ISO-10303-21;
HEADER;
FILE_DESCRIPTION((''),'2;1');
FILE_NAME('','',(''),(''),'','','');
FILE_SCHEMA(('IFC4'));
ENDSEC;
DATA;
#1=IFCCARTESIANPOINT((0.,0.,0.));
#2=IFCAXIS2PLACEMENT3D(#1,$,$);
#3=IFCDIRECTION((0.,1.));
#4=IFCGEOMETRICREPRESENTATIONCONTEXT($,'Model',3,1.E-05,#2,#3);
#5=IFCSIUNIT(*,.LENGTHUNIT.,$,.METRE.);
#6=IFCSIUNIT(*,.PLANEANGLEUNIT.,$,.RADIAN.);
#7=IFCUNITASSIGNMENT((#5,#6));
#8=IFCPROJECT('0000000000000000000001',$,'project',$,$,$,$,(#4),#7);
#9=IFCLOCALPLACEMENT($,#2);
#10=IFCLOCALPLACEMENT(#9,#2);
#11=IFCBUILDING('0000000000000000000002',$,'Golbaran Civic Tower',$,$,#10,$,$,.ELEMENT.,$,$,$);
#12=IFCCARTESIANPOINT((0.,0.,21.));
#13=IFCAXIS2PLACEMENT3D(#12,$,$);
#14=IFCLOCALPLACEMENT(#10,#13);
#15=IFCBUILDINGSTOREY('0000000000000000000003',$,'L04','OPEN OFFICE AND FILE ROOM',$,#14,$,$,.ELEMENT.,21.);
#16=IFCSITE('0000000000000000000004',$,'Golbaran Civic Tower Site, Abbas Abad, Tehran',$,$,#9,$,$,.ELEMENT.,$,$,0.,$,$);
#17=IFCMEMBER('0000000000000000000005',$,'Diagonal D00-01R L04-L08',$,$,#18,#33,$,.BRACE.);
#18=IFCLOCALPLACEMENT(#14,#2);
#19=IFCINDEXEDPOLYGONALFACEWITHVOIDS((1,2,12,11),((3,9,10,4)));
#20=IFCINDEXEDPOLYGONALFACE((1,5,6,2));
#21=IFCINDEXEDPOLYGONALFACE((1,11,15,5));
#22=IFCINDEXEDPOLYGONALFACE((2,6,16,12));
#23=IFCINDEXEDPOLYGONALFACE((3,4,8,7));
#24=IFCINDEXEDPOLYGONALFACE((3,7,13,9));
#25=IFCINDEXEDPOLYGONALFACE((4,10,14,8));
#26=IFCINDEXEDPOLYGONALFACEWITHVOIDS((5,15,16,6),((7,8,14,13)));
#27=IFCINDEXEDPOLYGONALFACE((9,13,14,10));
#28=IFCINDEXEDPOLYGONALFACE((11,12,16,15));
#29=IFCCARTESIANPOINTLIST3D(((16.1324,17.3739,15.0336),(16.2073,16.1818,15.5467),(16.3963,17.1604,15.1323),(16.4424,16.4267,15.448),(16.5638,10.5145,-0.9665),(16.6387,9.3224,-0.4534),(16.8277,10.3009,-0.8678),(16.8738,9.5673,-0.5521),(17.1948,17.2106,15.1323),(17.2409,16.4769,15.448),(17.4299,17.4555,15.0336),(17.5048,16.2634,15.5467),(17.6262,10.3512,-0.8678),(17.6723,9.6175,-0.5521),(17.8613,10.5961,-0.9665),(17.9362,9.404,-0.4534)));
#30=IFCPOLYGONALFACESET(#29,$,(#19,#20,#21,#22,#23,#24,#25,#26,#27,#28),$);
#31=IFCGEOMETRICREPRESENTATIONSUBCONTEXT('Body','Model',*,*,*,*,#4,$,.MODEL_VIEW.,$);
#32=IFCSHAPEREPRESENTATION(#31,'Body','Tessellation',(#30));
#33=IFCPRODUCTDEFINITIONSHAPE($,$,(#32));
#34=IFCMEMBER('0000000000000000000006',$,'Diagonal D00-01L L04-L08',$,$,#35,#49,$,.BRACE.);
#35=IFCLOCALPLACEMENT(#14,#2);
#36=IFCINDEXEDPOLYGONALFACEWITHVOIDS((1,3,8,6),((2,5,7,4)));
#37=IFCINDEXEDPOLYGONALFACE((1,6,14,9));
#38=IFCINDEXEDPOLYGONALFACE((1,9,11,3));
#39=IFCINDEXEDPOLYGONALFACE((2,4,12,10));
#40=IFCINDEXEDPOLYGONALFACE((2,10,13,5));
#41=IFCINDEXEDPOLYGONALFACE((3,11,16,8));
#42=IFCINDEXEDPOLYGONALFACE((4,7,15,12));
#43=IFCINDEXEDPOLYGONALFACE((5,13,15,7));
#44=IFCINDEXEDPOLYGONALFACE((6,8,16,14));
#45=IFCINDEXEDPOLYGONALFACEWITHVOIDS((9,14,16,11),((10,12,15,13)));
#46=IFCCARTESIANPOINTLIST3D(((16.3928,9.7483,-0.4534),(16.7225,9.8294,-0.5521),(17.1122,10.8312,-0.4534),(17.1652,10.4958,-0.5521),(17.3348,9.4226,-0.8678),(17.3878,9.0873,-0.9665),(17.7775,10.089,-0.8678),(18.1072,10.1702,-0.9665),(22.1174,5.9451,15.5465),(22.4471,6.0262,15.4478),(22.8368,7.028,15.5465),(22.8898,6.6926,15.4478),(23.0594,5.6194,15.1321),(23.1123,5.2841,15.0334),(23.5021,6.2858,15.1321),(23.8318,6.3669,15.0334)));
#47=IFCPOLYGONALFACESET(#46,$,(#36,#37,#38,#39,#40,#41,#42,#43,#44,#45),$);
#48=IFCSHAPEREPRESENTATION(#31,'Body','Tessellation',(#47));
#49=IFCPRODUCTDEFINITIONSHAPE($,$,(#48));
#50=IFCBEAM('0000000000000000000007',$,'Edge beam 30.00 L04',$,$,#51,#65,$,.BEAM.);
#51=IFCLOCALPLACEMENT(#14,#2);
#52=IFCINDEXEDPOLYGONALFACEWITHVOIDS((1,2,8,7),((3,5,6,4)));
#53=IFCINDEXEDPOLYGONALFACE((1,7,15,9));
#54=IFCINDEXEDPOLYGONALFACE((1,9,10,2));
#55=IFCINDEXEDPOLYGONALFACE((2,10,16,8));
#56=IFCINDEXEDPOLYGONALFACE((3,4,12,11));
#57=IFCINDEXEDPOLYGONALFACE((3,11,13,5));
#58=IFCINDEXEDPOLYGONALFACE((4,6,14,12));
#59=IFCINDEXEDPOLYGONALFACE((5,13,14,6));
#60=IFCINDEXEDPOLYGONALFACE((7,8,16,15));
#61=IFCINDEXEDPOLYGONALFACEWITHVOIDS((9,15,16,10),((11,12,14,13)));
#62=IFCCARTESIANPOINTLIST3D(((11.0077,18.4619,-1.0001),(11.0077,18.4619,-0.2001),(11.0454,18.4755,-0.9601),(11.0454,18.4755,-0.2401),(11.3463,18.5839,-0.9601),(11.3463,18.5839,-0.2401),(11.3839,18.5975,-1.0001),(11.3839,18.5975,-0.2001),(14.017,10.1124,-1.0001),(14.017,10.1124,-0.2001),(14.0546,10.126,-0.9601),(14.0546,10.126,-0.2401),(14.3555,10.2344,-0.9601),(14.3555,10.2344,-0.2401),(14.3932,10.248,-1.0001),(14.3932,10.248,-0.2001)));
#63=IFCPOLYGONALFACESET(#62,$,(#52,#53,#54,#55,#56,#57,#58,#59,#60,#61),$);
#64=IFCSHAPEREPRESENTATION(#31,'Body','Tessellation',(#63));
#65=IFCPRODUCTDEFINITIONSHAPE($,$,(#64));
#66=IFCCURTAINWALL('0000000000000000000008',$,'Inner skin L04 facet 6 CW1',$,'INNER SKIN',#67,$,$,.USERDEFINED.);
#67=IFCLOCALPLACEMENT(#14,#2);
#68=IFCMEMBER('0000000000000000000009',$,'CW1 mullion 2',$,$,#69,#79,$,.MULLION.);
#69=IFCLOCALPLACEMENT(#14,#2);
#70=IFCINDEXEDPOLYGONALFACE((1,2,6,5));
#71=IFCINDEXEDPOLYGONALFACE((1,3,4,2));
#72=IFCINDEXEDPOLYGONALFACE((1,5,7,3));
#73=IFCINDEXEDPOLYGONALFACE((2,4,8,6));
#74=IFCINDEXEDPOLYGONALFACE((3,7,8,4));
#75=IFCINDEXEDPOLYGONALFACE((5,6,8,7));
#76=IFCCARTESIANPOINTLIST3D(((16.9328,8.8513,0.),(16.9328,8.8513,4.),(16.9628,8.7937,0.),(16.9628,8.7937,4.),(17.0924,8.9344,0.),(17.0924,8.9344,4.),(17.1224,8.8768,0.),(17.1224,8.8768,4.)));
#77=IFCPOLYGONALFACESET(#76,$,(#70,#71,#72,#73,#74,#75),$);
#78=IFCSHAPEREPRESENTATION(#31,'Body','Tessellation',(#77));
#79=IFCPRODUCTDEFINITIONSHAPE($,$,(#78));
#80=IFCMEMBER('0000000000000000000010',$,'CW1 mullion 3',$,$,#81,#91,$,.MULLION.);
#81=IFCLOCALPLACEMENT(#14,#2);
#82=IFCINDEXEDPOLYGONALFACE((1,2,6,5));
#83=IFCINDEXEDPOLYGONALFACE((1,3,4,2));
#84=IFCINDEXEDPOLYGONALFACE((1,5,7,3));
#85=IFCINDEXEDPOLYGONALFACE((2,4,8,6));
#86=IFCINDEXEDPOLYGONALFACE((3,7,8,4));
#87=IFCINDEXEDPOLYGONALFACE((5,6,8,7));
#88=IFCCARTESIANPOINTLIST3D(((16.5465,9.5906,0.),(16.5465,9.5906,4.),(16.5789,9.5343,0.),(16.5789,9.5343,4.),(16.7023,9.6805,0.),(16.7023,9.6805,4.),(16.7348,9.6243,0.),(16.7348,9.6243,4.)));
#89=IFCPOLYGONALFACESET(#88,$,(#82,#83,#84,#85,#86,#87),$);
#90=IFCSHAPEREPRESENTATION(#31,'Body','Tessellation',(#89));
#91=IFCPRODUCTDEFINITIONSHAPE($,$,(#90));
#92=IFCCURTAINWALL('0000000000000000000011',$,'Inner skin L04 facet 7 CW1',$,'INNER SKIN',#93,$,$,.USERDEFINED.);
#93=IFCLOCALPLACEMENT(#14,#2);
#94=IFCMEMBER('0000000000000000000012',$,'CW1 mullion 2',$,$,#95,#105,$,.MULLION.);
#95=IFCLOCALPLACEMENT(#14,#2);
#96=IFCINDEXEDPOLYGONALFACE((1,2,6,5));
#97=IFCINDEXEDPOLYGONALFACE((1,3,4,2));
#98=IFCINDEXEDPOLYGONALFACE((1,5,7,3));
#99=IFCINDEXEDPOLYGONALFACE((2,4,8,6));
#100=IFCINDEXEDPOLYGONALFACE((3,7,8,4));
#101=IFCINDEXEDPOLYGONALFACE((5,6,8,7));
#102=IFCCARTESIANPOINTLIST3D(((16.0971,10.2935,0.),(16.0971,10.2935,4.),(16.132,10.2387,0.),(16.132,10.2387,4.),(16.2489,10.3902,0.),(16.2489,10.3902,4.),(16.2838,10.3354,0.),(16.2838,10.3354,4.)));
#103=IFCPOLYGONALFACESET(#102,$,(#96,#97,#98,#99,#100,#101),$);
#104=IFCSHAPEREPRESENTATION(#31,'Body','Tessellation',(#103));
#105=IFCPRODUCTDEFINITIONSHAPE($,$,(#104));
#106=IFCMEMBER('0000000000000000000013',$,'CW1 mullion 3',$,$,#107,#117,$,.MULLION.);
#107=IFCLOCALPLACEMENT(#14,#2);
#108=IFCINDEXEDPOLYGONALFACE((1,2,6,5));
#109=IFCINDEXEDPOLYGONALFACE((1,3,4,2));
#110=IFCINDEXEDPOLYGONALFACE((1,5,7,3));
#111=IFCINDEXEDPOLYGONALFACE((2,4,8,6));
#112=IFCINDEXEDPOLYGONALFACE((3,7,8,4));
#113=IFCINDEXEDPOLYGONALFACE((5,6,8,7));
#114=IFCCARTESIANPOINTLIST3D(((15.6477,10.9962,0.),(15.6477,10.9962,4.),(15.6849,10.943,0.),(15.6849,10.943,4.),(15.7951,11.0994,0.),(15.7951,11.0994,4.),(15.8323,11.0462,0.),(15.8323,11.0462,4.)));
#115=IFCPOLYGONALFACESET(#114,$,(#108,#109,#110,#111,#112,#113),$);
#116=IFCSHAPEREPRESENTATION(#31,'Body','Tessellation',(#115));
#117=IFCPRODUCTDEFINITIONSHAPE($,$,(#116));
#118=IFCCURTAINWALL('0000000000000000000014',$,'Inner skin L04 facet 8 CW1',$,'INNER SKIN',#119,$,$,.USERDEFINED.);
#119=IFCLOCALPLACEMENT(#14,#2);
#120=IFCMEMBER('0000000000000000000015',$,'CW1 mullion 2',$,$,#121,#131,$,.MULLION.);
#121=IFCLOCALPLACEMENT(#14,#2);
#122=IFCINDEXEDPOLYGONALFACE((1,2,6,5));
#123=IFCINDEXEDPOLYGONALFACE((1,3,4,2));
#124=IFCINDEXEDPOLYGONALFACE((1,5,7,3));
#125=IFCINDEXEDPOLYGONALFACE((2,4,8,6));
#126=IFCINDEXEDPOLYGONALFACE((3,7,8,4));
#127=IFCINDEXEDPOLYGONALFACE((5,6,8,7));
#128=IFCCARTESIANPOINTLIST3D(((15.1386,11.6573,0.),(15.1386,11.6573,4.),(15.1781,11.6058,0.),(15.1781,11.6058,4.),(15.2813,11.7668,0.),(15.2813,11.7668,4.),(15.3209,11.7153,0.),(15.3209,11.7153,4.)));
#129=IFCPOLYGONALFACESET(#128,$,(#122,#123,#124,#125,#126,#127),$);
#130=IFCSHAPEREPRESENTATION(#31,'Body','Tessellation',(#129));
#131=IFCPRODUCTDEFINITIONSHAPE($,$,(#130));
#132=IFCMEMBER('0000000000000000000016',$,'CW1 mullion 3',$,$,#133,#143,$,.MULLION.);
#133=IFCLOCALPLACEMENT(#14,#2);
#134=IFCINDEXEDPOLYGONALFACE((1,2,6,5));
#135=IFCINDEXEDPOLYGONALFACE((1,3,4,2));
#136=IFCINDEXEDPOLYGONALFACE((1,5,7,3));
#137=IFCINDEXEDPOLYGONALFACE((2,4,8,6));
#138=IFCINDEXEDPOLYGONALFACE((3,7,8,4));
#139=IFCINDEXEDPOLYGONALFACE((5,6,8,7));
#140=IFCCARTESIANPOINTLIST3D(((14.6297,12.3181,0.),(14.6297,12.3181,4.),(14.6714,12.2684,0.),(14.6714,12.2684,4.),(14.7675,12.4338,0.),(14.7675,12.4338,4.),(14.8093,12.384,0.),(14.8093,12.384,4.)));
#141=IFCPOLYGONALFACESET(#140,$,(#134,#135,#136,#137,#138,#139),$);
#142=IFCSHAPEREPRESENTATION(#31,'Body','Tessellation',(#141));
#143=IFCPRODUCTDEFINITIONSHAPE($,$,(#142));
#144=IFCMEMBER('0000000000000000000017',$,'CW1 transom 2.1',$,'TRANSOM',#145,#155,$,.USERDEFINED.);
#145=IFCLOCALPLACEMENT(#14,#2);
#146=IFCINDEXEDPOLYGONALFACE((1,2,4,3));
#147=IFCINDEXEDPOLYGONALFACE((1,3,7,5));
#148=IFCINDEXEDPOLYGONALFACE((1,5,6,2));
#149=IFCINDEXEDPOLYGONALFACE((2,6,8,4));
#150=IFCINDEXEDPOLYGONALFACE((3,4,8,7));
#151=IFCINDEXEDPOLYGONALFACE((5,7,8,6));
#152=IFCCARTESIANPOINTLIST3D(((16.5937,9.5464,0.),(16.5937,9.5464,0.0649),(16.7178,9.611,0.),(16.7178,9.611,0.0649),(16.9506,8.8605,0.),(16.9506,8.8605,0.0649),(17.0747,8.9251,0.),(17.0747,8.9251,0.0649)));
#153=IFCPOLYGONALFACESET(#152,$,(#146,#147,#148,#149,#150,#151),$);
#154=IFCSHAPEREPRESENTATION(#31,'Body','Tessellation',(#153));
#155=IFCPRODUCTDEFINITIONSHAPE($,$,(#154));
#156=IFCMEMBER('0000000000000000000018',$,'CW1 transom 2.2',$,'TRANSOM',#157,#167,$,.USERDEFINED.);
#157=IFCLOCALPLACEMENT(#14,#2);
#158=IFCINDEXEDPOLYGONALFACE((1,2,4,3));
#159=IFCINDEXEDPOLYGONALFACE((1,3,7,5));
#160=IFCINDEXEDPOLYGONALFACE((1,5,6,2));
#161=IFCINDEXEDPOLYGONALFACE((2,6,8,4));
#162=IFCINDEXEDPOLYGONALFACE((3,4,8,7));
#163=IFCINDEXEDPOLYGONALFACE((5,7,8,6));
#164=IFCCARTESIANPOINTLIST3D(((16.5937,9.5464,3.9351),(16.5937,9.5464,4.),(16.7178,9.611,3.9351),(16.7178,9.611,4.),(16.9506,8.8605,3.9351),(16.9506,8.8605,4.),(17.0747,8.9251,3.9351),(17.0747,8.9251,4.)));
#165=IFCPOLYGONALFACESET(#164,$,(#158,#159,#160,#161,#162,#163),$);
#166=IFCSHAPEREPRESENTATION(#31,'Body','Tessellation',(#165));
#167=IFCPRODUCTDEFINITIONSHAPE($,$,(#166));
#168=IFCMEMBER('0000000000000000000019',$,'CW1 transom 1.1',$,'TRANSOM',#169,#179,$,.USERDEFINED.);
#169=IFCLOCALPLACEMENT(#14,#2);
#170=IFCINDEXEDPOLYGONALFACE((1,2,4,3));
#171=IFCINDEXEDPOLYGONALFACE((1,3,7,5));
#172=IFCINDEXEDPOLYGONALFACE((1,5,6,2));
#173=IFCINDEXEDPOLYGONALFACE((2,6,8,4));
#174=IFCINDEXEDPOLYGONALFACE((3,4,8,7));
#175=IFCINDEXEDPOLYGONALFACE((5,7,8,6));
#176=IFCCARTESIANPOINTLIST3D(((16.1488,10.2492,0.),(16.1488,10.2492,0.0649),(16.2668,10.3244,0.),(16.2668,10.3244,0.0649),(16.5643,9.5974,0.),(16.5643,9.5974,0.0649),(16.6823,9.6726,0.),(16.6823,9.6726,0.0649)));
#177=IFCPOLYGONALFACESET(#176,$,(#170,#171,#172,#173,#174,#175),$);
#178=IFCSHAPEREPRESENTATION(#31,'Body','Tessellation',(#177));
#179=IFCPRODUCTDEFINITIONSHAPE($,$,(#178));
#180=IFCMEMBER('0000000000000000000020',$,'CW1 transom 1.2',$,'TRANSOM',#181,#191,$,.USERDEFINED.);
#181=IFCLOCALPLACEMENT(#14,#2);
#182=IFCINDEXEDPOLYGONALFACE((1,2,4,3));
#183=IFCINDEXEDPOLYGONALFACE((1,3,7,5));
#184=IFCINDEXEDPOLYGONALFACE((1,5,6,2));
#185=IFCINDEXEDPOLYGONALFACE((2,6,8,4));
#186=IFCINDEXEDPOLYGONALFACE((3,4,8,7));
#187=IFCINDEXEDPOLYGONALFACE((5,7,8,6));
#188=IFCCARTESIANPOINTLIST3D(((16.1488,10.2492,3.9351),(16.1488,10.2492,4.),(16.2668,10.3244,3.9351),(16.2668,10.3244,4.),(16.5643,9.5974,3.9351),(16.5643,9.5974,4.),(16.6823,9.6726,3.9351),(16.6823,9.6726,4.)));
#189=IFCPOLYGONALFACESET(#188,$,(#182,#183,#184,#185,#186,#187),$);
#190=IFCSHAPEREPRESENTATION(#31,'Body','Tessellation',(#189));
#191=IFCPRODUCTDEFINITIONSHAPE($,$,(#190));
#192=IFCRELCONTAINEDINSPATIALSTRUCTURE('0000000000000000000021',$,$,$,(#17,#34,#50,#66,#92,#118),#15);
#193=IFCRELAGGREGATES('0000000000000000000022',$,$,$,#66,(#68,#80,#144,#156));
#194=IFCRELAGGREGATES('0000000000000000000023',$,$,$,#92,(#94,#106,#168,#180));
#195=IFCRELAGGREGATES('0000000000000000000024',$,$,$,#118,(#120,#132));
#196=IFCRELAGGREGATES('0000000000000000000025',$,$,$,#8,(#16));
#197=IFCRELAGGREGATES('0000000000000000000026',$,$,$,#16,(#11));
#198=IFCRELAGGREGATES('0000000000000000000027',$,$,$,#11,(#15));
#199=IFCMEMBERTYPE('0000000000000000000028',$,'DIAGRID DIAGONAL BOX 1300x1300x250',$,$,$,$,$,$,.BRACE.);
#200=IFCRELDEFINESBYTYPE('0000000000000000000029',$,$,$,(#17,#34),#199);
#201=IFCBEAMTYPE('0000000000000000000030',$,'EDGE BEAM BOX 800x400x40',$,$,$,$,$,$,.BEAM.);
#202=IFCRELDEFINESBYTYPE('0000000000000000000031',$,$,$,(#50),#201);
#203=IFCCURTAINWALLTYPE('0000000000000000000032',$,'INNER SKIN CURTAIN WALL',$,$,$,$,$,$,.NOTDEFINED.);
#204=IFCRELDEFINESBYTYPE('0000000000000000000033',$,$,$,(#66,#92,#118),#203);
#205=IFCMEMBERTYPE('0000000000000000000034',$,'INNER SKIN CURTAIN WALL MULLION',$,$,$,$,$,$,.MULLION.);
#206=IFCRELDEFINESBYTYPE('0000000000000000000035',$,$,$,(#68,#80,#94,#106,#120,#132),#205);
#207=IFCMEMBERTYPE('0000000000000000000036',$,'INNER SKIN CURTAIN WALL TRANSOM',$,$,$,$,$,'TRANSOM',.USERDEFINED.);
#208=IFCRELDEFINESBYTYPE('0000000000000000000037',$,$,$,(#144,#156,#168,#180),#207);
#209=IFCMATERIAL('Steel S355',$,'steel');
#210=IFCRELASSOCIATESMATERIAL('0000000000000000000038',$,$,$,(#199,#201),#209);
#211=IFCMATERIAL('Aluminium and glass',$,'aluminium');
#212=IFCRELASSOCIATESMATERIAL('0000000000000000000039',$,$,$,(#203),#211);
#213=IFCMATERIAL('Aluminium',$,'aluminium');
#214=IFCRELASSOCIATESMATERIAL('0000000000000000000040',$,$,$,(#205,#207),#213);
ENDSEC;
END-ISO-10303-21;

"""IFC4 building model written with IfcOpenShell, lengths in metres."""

from ifc_helpers import new_model, si_unit, direction, frame, origin, origin_2d, place, context, subcontext, project, spatial, rectangle, hollow_rectangle, extrude, material, material_profile, profile_set, type_object, element, aggregate, save


model = new_model("IFC4")

# Units and contexts
model_context = context("Model", 3, precision=1e-05, world=origin(), true_north=direction((0.0, 1.0)))
body_context = subcontext(model_context, "Body", "Model", "MODEL_VIEW")
ifc_project = project(units=[si_unit("LENGTHUNIT", "METRE"), si_unit("PLANEANGLEUNIT", "RADIAN")], contexts=[model_context])

# Site, building, storey
site_placement = place(None, origin())
site = spatial("IfcSite", under=ifc_project, at=site_placement, Name="Golbaran Civic Tower Site, Abbas Abad, Tehran", CompositionType="ELEMENT", RefElevation=0.0)
building_placement = place(site_placement, origin())
building = spatial("IfcBuilding", under=site, at=building_placement, Name="Golbaran Civic Tower", CompositionType="ELEMENT")
storey_placement = place(building_placement, frame((0.0, 0.0, 21.0)))
storey = spatial("IfcBuildingStorey", under=building, at=storey_placement, Name="L04", Description="OPEN OFFICE AND FILE ROOM", CompositionType="ELEMENT", Elevation=21.0)

# Members
ifc_material_1 = material(Name="Steel S355", Category="steel")
ifc_material_profile_1 = material_profile(ifc_material_1, hollow_rectangle(XDim=1.3, YDim=1.3, WallThickness=0.25, at=origin_2d()), Name="BOX 1300x1300x250")
ifc_profile_set_1 = profile_set([ifc_material_profile_1], Name="Steel S355")
member_type_1 = type_object("IfcMemberType", Name="DIAGRID DIAGONAL BOX 1300x1300x250", PredefinedType="BRACE", material=ifc_profile_set_1)
member_1_placement = place(storey_placement, frame((17.25, 9.9592, -0.71), z_axis=(-0.024773, 0.393907, 0.918817), x_axis=(-0.998028, -0.062768, 0.0)))
element("IfcMember", 1, at=member_1_placement, inside=storey, type_object=member_type_1, Name="Diagonal D00-01R L04-L08", PredefinedType="BRACE", context=body_context, shape_type="SweptSolid", body=[
    extrude(hollow_rectangle(XDim=1.3, YDim=1.3, WallThickness=0.25, at=origin_2d()), origin(), (0.0, 0.0, 1.0), 17.4138),
])
member_2_placement = place(storey_placement, frame((17.25, 9.9592, -0.71), z_axis=(0.328742, -0.218405, 0.918819), x_axis=(0.553371, 0.832935, 0.0)))
element("IfcMember", 2, at=member_2_placement, inside=storey, type_object=member_type_1, Name="Diagonal D00-01L L04-L08", PredefinedType="BRACE", context=body_context, shape_type="SweptSolid", body=[
    extrude(hollow_rectangle(XDim=1.3, YDim=1.3, WallThickness=0.25, at=origin_2d()), origin(), (0.0, 0.0, 1.0), 17.4136),
])

# Beam
ifc_material_profile_2 = material_profile(ifc_material_1, hollow_rectangle(XDim=0.3999, YDim=0.8, WallThickness=0.04, at=origin_2d()), Name="BOX 800x400x40")
ifc_profile_set_2 = profile_set([ifc_material_profile_2], Name="Steel S355")
beam_type = type_object("IfcBeamType", Name="EDGE BEAM BOX 800x400x40", PredefinedType="BEAM", material=ifc_profile_set_2)
beam_placement = place(storey_placement, frame((14.2051, 10.1802, -0.6001), z_axis=(-0.33906, 0.940765, 0.0), x_axis=(-0.940765, -0.33906, 0.0)))
element("IfcBeam", 3, at=beam_placement, inside=storey, type_object=beam_type, Name="Edge beam 30.00 L04", PredefinedType="BEAM", context=body_context, shape_type="SweptSolid", body=[
    extrude(hollow_rectangle(XDim=0.3999, YDim=0.8, WallThickness=0.04, at=origin_2d()), origin(), (0.0, 0.0, 1.0), 8.8752),
])

# Curtain walls, members
ifc_material_2 = material(Name="Aluminium and glass", Category="aluminium")
curtain_wall_type_1 = type_object("IfcCurtainWallType", Name="INNER SKIN CURTAIN WALL", PredefinedType="NOTDEFINED", material=ifc_material_2)
curtain_wall_1_placement = place(storey_placement, origin())
curtain_wall_1 = element("IfcCurtainWall", 4, at=curtain_wall_1_placement, inside=storey, type_object=curtain_wall_type_1, Name="Inner skin L04 facet 6 CW1", ObjectType="INNER SKIN", PredefinedType="USERDEFINED")
ifc_material_3 = material(Name="Aluminium", Category="aluminium")
ifc_material_profile_3 = material_profile(ifc_material_3, rectangle(XDim=0.1799, YDim=0.0649, at=origin_2d()), Name="INNER SKIN CURTAIN WALL MULLION")
ifc_profile_set_3 = profile_set([ifc_material_profile_3], Name="Aluminium")
member_type_2 = type_object("IfcMemberType", Name="INNER SKIN CURTAIN WALL MULLION", PredefinedType="MULLION", material=ifc_profile_set_3)
member_3_placement = place(storey_placement, frame((17.0276, 8.864, 0.0), z_axis=(0.0, 0.0, 1.0), x_axis=(-0.887011, -0.461749, 0.0)))
member_3 = element("IfcMember", 5, at=member_3_placement, type_object=member_type_2, Name="CW1 mullion 2", PredefinedType="MULLION", context=body_context, shape_type="SweptSolid", body=[
    extrude(rectangle(XDim=0.1799, YDim=0.0649, at=origin_2d()), origin(), (0.0, 0.0, 1.0), 4.0),
])
member_4_placement = place(storey_placement, frame((16.6406, 9.6074, 0.0), z_axis=(0.0, 0.0, 1.0), x_axis=(-0.866025, -0.5, 0.0)))
member_4 = element("IfcMember", 6, at=member_4_placement, type_object=member_type_2, Name="CW1 mullion 3", PredefinedType="MULLION", context=body_context, shape_type="SweptSolid", body=[
    extrude(rectangle(XDim=0.1799, YDim=0.0649, at=origin_2d()), origin(), (0.0, 0.0, 1.0), 4.0),
])
curtain_wall_2_placement = place(storey_placement, origin())
curtain_wall_2 = element("IfcCurtainWall", 7, at=curtain_wall_2_placement, inside=storey, type_object=curtain_wall_type_1, Name="Inner skin L04 facet 7 CW1", ObjectType="INNER SKIN", PredefinedType="USERDEFINED")
member_5_placement = place(storey_placement, frame((16.1904, 10.3145, 0.0), z_axis=(0.0, 0.0, 1.0), x_axis=(-0.843391, -0.5373, 0.0)))
member_5 = element("IfcMember", 8, at=member_5_placement, type_object=member_type_2, Name="CW1 mullion 2", PredefinedType="MULLION", context=body_context, shape_type="SweptSolid", body=[
    extrude(rectangle(XDim=0.1799, YDim=0.0649, at=origin_2d()), origin(), (0.0, 0.0, 1.0), 4.0),
])
member_6_placement = place(storey_placement, frame((15.74, 11.0212, 0.0), z_axis=(0.0, 0.0, 1.0), x_axis=(-0.819152, -0.573576, 0.0)))
member_6 = element("IfcMember", 9, at=member_6_placement, type_object=member_type_2, Name="CW1 mullion 3", PredefinedType="MULLION", context=body_context, shape_type="SweptSolid", body=[
    extrude(rectangle(XDim=0.1799, YDim=0.0649, at=origin_2d()), origin(), (0.0, 0.0, 1.0), 4.0),
])
curtain_wall_3_placement = place(storey_placement, origin())
curtain_wall_3 = element("IfcCurtainWall", 10, at=curtain_wall_3_placement, inside=storey, type_object=curtain_wall_type_1, Name="Inner skin L04 facet 8 CW1", ObjectType="INNER SKIN", PredefinedType="USERDEFINED")
member_7_placement = place(storey_placement, frame((15.2297, 11.6863, 0.0), z_axis=(0.0, 0.0, 1.0), x_axis=(-0.793353, -0.608761, 0.0)))
member_7 = element("IfcMember", 11, at=member_7_placement, type_object=member_type_2, Name="CW1 mullion 2", PredefinedType="MULLION", context=body_context, shape_type="SweptSolid", body=[
    extrude(rectangle(XDim=0.1799, YDim=0.0649, at=origin_2d()), origin(), (0.0, 0.0, 1.0), 4.0),
])
member_8_placement = place(storey_placement, frame((14.7195, 12.3511, 0.0), z_axis=(0.0, 0.0, 1.0), x_axis=(-0.766044, -0.642788, 0.0)))
member_8 = element("IfcMember", 12, at=member_8_placement, type_object=member_type_2, Name="CW1 mullion 3", PredefinedType="MULLION", context=body_context, shape_type="SweptSolid", body=[
    extrude(rectangle(XDim=0.1799, YDim=0.0649, at=origin_2d()), origin(), (0.0, 0.0, 1.0), 4.0),
])

# Members
ifc_material_profile_4 = material_profile(ifc_material_3, rectangle(XDim=0.1399, YDim=0.0649, at=origin_2d()), Name="INNER SKIN CURTAIN WALL TRANSOM")
ifc_profile_set_4 = profile_set([ifc_material_profile_4], Name="Aluminium")
member_type_3 = type_object("IfcMemberType", Name="INNER SKIN CURTAIN WALL TRANSOM", ElementType="TRANSOM", PredefinedType="USERDEFINED", material=ifc_profile_set_4)
member_9_placement = place(storey_placement, frame((17.0127, 8.8928, 0.0325), z_axis=(-0.461681, 0.887046, 0.0), x_axis=(-0.887046, -0.461681, 0.0)))
member_9 = element("IfcMember", 13, at=member_9_placement, type_object=member_type_3, Name="CW1 transom 2.1", ObjectType="TRANSOM", PredefinedType="USERDEFINED", context=body_context, shape_type="SweptSolid", body=[
    extrude(rectangle(XDim=0.1399, YDim=0.0649, at=origin_2d()), origin(), (0.0, 0.0, 1.0), 0.7732),
])
member_10_placement = place(storey_placement, frame((17.0127, 8.8928, 3.9675), z_axis=(-0.461681, 0.887046, 0.0), x_axis=(-0.887046, -0.461681, 0.0)))
member_10 = element("IfcMember", 14, at=member_10_placement, type_object=member_type_3, Name="CW1 transom 2.2", ObjectType="TRANSOM", PredefinedType="USERDEFINED", context=body_context, shape_type="SweptSolid", body=[
    extrude(rectangle(XDim=0.1399, YDim=0.0649, at=origin_2d()), origin(), (0.0, 0.0, 1.0), 0.7732),
])
member_11_placement = place(storey_placement, frame((16.6233, 9.635, 0.0325), z_axis=(-0.537529, 0.843245, 0.0), x_axis=(-0.843245, -0.537529, 0.0)))
member_11 = element("IfcMember", 15, at=member_11_placement, type_object=member_type_3, Name="CW1 transom 1.1", ObjectType="TRANSOM", PredefinedType="USERDEFINED", context=body_context, shape_type="SweptSolid", body=[
    extrude(rectangle(XDim=0.1399, YDim=0.0649, at=origin_2d()), origin(), (0.0, 0.0, 1.0), 0.7729),
])
member_12_placement = place(storey_placement, frame((16.6233, 9.635, 3.9675), z_axis=(-0.537529, 0.843245, 0.0), x_axis=(-0.843245, -0.537529, 0.0)))
member_12 = element("IfcMember", 16, at=member_12_placement, type_object=member_type_3, Name="CW1 transom 1.2", ObjectType="TRANSOM", PredefinedType="USERDEFINED", context=body_context, shape_type="SweptSolid", body=[
    extrude(rectangle(XDim=0.1399, YDim=0.0649, at=origin_2d()), origin(), (0.0, 0.0, 1.0), 0.7729),
])

aggregate(curtain_wall_1, [member_3, member_4, member_9, member_10])
aggregate(curtain_wall_2, [member_5, member_6, member_11, member_12])
aggregate(curtain_wall_3, [member_7, member_8])

save(model, "model.ifc")
